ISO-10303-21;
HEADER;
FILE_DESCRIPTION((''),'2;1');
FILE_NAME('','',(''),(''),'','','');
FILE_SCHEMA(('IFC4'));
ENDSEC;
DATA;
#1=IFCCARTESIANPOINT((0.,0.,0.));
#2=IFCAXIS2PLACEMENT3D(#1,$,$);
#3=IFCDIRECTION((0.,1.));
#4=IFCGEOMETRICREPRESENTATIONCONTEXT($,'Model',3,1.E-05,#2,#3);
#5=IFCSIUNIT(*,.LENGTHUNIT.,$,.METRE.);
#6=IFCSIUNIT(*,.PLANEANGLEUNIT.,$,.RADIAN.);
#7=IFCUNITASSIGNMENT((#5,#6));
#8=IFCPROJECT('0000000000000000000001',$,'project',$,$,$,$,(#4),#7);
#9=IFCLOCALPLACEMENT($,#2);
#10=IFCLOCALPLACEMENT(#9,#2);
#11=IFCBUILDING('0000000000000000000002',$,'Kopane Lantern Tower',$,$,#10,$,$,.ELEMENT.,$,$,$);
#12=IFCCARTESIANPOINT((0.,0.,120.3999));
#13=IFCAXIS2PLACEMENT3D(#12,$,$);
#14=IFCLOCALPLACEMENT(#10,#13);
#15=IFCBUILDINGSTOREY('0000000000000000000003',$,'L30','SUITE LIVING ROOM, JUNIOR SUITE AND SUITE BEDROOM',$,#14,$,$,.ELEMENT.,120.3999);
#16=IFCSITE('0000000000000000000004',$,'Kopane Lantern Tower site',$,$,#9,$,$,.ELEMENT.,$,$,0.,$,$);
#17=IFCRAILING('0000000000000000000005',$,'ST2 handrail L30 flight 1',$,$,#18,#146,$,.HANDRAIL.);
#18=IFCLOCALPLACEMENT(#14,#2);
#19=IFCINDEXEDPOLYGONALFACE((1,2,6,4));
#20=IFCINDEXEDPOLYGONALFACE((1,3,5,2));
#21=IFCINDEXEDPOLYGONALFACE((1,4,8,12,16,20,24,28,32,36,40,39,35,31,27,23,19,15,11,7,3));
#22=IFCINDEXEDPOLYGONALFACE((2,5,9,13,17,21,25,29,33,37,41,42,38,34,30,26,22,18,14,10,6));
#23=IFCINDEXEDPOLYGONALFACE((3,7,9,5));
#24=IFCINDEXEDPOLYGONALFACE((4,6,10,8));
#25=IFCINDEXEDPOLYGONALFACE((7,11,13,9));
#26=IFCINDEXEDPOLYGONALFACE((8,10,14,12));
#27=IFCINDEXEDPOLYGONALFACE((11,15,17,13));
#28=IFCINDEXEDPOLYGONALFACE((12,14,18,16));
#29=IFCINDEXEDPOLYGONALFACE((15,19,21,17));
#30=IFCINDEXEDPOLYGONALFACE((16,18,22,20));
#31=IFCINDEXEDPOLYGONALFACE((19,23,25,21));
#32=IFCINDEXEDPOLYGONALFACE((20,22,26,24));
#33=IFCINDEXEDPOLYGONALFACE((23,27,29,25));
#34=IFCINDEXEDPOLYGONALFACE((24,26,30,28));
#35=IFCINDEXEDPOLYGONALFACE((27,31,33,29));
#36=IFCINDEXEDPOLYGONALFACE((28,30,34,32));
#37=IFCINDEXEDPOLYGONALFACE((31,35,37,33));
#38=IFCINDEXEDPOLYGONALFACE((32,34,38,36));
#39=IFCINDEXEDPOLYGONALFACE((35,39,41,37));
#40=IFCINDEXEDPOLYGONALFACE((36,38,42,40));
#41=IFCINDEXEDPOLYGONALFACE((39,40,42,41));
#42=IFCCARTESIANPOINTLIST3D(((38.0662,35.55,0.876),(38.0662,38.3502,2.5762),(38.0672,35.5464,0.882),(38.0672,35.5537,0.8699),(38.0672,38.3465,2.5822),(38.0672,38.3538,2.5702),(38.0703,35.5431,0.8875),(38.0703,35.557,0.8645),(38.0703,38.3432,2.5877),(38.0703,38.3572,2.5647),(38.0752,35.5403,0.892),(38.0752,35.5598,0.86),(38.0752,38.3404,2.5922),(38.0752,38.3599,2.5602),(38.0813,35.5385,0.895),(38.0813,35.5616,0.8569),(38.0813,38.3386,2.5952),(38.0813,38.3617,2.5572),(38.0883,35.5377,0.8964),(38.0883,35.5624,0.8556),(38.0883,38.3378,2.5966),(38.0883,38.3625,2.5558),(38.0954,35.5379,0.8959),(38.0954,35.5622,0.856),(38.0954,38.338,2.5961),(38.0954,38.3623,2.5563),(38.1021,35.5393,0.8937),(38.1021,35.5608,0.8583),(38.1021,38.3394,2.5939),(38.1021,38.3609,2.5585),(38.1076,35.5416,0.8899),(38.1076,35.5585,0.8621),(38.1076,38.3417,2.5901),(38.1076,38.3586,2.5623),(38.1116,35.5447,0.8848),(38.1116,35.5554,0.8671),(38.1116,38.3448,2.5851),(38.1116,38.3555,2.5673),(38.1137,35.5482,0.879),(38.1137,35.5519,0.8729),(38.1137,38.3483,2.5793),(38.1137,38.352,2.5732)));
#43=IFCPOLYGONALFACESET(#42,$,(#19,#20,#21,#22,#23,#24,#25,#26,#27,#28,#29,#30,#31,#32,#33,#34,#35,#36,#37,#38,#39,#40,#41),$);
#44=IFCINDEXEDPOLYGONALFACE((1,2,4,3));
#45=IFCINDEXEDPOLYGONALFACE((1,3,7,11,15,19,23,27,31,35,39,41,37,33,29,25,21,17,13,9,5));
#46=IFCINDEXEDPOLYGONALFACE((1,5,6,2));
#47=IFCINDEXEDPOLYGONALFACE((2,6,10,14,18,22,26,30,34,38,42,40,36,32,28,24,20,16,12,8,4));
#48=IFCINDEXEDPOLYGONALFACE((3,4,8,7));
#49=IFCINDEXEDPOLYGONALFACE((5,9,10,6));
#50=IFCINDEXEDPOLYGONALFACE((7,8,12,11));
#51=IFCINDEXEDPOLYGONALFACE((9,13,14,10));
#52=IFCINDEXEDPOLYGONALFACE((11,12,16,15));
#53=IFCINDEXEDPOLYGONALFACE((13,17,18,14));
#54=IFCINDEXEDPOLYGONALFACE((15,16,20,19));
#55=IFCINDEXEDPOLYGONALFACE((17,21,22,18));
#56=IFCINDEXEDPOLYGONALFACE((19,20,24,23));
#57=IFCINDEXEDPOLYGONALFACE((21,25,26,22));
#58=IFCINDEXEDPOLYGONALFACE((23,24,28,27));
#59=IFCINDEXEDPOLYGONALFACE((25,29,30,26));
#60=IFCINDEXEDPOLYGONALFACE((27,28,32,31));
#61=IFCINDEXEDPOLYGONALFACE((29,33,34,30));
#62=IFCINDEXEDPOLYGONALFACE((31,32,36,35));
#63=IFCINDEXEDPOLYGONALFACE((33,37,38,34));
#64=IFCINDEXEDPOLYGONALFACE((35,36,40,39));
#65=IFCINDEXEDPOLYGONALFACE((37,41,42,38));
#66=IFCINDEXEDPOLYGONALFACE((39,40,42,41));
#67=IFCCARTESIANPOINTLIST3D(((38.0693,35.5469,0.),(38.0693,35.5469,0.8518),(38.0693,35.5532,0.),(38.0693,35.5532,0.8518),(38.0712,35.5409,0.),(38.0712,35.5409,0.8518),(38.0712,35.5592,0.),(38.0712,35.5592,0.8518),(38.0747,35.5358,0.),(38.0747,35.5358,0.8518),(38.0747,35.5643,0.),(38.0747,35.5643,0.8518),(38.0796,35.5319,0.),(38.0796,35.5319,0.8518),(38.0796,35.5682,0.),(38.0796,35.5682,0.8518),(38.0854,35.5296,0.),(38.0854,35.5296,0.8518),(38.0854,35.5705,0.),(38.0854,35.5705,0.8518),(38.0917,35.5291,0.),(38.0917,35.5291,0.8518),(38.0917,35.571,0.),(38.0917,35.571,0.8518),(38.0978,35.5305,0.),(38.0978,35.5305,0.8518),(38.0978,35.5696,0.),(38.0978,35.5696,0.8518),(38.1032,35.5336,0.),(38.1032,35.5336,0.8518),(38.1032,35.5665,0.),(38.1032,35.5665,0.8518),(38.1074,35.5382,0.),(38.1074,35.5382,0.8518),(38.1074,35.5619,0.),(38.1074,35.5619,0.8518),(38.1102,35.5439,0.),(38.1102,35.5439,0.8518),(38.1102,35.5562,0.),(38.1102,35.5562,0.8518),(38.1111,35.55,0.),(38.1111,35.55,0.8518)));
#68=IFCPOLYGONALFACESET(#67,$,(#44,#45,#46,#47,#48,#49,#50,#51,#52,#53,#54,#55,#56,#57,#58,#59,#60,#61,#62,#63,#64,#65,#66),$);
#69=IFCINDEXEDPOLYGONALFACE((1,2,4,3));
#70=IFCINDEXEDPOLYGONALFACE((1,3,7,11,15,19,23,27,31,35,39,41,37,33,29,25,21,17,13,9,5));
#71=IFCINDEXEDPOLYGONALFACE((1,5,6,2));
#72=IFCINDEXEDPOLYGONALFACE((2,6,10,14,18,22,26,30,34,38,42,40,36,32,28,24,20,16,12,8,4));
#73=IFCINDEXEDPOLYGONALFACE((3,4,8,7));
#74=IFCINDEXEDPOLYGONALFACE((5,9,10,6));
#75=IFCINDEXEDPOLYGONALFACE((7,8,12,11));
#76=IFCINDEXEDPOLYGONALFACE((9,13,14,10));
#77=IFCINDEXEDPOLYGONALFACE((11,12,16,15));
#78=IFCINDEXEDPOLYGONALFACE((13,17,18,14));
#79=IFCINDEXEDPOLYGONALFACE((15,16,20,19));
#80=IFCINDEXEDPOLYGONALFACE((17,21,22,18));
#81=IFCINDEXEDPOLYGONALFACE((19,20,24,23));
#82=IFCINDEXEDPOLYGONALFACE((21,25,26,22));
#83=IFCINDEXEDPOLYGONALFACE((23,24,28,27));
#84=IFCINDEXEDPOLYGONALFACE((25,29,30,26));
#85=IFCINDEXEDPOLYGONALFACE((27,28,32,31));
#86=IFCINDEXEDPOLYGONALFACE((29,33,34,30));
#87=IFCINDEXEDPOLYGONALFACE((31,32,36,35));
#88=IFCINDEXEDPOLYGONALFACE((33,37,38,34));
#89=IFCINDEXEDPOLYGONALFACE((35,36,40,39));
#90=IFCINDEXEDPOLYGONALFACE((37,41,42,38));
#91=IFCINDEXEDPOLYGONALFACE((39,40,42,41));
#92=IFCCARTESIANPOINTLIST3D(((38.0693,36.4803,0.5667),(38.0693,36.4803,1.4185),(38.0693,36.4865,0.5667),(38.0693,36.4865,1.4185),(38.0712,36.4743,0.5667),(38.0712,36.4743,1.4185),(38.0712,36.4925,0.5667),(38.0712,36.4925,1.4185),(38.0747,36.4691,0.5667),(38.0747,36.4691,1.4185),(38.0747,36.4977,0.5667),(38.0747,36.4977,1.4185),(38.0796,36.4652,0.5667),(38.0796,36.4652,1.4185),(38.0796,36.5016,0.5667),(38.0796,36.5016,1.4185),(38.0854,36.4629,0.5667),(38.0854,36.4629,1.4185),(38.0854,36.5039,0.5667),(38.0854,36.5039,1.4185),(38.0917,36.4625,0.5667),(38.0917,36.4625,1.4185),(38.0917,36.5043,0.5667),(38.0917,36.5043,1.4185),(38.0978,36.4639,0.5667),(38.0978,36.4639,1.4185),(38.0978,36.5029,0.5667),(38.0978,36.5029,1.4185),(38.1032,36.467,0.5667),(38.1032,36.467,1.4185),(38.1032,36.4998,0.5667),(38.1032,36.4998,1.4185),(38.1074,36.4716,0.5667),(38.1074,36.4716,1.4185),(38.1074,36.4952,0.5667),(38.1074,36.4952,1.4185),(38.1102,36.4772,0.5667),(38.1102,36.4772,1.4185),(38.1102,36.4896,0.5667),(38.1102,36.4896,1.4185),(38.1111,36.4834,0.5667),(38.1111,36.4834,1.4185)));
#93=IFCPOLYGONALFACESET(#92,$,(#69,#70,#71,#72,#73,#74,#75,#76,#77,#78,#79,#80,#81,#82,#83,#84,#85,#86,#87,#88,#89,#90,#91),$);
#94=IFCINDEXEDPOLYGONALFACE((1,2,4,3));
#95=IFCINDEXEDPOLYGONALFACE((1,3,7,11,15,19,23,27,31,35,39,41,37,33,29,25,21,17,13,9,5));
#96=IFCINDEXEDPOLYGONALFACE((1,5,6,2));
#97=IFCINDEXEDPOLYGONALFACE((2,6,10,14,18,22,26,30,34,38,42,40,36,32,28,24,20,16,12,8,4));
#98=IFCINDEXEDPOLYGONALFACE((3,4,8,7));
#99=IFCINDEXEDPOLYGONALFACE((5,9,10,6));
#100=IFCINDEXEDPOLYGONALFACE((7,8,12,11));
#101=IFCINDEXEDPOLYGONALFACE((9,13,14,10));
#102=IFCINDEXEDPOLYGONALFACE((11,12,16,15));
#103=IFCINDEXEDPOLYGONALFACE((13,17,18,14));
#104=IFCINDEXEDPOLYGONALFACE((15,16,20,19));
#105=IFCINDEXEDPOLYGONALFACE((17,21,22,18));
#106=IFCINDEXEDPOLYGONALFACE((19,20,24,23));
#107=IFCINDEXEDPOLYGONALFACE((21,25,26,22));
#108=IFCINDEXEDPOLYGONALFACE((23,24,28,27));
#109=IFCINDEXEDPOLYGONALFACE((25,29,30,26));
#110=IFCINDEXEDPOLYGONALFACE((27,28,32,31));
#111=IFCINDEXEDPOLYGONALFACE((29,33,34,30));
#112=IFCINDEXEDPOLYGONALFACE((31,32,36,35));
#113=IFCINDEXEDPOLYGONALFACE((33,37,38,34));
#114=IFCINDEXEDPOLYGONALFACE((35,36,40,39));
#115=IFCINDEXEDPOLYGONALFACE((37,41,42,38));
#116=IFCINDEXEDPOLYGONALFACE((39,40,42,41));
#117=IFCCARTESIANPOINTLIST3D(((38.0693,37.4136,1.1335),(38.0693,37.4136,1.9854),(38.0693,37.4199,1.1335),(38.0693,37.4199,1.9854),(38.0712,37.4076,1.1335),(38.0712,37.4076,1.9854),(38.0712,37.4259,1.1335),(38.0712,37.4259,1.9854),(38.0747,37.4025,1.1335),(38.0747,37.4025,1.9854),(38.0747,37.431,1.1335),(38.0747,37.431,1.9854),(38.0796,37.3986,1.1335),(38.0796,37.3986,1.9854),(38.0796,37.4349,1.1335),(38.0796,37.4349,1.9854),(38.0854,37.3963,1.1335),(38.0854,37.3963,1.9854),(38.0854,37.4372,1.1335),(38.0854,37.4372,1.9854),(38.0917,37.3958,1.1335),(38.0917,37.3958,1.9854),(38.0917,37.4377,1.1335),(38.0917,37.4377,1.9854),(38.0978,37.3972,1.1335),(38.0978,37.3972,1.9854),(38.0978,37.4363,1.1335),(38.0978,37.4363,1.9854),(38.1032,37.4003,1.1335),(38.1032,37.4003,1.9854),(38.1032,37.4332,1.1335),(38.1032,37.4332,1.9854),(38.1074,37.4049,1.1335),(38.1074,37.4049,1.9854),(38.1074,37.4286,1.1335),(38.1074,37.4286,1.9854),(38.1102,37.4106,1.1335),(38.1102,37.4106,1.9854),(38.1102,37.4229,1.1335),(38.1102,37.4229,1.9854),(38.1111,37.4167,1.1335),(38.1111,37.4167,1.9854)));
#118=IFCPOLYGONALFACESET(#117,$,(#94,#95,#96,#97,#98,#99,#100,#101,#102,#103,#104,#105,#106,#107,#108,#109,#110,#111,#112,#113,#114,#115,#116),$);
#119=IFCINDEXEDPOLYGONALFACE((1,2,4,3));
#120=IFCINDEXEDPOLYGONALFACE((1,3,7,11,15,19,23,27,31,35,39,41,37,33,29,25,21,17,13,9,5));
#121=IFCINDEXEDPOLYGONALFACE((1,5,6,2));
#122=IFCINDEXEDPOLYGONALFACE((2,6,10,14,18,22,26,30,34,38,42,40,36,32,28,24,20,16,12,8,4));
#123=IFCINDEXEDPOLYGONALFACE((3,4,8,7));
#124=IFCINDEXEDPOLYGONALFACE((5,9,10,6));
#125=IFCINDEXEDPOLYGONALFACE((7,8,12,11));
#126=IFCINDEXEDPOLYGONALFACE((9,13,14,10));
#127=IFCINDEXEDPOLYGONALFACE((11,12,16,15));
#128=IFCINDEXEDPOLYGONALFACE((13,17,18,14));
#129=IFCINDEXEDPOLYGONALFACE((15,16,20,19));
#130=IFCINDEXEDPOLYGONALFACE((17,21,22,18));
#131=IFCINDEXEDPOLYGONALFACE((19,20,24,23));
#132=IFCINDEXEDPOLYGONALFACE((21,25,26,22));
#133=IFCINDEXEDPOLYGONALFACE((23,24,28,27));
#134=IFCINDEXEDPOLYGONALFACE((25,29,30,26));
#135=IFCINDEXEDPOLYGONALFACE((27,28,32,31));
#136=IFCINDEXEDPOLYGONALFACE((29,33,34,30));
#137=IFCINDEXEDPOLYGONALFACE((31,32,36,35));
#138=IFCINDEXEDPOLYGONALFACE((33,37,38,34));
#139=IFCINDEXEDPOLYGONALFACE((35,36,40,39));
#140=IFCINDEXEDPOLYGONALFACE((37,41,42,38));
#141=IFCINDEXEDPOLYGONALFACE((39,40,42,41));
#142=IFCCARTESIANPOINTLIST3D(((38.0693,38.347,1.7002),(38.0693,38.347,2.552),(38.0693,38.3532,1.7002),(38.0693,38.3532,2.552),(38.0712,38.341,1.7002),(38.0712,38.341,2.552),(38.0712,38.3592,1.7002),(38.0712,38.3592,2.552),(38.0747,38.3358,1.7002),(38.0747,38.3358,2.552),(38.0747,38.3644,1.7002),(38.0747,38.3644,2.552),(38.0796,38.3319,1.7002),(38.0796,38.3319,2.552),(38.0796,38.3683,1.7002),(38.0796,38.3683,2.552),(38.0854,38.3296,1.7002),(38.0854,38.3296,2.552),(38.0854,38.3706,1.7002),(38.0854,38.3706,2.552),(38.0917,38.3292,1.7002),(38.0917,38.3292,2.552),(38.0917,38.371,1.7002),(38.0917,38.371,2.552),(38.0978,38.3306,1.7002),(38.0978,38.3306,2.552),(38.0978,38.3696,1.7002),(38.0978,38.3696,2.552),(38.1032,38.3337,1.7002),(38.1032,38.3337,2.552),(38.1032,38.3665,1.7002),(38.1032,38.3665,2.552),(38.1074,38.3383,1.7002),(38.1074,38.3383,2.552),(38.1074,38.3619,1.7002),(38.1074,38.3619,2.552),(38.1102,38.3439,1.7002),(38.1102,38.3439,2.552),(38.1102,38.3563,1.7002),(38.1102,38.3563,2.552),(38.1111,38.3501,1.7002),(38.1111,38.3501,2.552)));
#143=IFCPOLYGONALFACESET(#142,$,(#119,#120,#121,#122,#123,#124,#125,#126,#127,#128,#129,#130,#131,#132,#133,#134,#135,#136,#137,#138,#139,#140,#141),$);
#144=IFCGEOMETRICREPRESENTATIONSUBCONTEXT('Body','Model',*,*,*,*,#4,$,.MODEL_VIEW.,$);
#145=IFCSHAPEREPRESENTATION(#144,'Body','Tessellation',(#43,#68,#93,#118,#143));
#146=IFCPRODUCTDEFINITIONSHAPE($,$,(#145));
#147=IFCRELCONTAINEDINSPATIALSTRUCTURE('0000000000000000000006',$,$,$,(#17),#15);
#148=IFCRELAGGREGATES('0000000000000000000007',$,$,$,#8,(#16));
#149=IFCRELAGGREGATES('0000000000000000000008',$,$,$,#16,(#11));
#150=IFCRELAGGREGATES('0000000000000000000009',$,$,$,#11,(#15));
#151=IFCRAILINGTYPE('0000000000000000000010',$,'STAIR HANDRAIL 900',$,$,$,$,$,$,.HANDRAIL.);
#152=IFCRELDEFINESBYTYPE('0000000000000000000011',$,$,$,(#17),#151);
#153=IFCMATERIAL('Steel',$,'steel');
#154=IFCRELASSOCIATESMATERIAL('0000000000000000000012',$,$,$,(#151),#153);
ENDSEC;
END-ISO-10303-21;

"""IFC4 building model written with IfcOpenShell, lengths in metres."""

from ifc_helpers import new_model, si_unit, direction, frame, origin, origin_2d, place, context, subcontext, project, spatial, circle, extrude, material, type_object, element, save


model = new_model("IFC4")

# Units and contexts
model_context = context("Model", 3, precision=1e-05, world=origin(), true_north=direction((0.0, 1.0)))
body_context = subcontext(model_context, "Body", "Model", "MODEL_VIEW")
ifc_project = project(units=[si_unit("LENGTHUNIT", "METRE"), si_unit("PLANEANGLEUNIT", "RADIAN")], contexts=[model_context])

# Site, building, storey
site_placement = place(None, origin())
site = spatial("IfcSite", under=ifc_project, at=site_placement, Name="Kopane Lantern Tower site", CompositionType="ELEMENT", RefElevation=0.0)
building_placement = place(site_placement, origin())
building = spatial("IfcBuilding", under=site, at=building_placement, Name="Kopane Lantern Tower", CompositionType="ELEMENT")
storey_placement = place(building_placement, frame((0.0, 0.0, 120.3999)))
storey = spatial("IfcBuildingStorey", under=building, at=storey_placement, Name="L30", Description="SUITE LIVING ROOM, JUNIOR SUITE AND SUITE BEDROOM", CompositionType="ELEMENT", Elevation=120.3999)

# Railing
ifc_material_1 = material(Name="Steel", Category="steel")
railing_type_1 = type_object("IfcRailingType", Name="STAIR HANDRAIL 900", PredefinedType="HANDRAIL", material=ifc_material_1)
for number, where, name in (
    (1, (38.0901, 35.55, 0.0), "ST2 handrail L30 flight 1"),
):
    element("IfcRailing", number, at=place(storey_placement, frame(where)), inside=storey, type_object=railing_type_1, Name=name, PredefinedType="HANDRAIL", context=body_context, shape_type="SweptSolid", body=[
        extrude(circle(Radius=0.0239, at=origin_2d()), frame((0.0, 0.0, 0.876), z_axis=(0.0, 0.854765, 0.519015), x_axis=(-1.0, 0.0, 0.0)), (0.0, 0.0, 1.0), 3.2759),
        extrude(circle(Radius=0.021, at=origin_2d()), origin(), (0.0, 0.0, 1.0), 0.8518),
        extrude(circle(Radius=0.021, at=origin_2d()), frame((0.0, 0.9333, 0.5667)), (0.0, 0.0, 1.0), 0.8518),
        extrude(circle(Radius=0.021, at=origin_2d()), frame((0.0, 1.8667, 1.1335)), (0.0, 0.0, 1.0), 0.8518),
        extrude(circle(Radius=0.021, at=origin_2d()), frame((0.0, 2.8, 1.7002)), (0.0, 0.0, 1.0), 0.8518),
    ])

save(model, "model.ifc")
